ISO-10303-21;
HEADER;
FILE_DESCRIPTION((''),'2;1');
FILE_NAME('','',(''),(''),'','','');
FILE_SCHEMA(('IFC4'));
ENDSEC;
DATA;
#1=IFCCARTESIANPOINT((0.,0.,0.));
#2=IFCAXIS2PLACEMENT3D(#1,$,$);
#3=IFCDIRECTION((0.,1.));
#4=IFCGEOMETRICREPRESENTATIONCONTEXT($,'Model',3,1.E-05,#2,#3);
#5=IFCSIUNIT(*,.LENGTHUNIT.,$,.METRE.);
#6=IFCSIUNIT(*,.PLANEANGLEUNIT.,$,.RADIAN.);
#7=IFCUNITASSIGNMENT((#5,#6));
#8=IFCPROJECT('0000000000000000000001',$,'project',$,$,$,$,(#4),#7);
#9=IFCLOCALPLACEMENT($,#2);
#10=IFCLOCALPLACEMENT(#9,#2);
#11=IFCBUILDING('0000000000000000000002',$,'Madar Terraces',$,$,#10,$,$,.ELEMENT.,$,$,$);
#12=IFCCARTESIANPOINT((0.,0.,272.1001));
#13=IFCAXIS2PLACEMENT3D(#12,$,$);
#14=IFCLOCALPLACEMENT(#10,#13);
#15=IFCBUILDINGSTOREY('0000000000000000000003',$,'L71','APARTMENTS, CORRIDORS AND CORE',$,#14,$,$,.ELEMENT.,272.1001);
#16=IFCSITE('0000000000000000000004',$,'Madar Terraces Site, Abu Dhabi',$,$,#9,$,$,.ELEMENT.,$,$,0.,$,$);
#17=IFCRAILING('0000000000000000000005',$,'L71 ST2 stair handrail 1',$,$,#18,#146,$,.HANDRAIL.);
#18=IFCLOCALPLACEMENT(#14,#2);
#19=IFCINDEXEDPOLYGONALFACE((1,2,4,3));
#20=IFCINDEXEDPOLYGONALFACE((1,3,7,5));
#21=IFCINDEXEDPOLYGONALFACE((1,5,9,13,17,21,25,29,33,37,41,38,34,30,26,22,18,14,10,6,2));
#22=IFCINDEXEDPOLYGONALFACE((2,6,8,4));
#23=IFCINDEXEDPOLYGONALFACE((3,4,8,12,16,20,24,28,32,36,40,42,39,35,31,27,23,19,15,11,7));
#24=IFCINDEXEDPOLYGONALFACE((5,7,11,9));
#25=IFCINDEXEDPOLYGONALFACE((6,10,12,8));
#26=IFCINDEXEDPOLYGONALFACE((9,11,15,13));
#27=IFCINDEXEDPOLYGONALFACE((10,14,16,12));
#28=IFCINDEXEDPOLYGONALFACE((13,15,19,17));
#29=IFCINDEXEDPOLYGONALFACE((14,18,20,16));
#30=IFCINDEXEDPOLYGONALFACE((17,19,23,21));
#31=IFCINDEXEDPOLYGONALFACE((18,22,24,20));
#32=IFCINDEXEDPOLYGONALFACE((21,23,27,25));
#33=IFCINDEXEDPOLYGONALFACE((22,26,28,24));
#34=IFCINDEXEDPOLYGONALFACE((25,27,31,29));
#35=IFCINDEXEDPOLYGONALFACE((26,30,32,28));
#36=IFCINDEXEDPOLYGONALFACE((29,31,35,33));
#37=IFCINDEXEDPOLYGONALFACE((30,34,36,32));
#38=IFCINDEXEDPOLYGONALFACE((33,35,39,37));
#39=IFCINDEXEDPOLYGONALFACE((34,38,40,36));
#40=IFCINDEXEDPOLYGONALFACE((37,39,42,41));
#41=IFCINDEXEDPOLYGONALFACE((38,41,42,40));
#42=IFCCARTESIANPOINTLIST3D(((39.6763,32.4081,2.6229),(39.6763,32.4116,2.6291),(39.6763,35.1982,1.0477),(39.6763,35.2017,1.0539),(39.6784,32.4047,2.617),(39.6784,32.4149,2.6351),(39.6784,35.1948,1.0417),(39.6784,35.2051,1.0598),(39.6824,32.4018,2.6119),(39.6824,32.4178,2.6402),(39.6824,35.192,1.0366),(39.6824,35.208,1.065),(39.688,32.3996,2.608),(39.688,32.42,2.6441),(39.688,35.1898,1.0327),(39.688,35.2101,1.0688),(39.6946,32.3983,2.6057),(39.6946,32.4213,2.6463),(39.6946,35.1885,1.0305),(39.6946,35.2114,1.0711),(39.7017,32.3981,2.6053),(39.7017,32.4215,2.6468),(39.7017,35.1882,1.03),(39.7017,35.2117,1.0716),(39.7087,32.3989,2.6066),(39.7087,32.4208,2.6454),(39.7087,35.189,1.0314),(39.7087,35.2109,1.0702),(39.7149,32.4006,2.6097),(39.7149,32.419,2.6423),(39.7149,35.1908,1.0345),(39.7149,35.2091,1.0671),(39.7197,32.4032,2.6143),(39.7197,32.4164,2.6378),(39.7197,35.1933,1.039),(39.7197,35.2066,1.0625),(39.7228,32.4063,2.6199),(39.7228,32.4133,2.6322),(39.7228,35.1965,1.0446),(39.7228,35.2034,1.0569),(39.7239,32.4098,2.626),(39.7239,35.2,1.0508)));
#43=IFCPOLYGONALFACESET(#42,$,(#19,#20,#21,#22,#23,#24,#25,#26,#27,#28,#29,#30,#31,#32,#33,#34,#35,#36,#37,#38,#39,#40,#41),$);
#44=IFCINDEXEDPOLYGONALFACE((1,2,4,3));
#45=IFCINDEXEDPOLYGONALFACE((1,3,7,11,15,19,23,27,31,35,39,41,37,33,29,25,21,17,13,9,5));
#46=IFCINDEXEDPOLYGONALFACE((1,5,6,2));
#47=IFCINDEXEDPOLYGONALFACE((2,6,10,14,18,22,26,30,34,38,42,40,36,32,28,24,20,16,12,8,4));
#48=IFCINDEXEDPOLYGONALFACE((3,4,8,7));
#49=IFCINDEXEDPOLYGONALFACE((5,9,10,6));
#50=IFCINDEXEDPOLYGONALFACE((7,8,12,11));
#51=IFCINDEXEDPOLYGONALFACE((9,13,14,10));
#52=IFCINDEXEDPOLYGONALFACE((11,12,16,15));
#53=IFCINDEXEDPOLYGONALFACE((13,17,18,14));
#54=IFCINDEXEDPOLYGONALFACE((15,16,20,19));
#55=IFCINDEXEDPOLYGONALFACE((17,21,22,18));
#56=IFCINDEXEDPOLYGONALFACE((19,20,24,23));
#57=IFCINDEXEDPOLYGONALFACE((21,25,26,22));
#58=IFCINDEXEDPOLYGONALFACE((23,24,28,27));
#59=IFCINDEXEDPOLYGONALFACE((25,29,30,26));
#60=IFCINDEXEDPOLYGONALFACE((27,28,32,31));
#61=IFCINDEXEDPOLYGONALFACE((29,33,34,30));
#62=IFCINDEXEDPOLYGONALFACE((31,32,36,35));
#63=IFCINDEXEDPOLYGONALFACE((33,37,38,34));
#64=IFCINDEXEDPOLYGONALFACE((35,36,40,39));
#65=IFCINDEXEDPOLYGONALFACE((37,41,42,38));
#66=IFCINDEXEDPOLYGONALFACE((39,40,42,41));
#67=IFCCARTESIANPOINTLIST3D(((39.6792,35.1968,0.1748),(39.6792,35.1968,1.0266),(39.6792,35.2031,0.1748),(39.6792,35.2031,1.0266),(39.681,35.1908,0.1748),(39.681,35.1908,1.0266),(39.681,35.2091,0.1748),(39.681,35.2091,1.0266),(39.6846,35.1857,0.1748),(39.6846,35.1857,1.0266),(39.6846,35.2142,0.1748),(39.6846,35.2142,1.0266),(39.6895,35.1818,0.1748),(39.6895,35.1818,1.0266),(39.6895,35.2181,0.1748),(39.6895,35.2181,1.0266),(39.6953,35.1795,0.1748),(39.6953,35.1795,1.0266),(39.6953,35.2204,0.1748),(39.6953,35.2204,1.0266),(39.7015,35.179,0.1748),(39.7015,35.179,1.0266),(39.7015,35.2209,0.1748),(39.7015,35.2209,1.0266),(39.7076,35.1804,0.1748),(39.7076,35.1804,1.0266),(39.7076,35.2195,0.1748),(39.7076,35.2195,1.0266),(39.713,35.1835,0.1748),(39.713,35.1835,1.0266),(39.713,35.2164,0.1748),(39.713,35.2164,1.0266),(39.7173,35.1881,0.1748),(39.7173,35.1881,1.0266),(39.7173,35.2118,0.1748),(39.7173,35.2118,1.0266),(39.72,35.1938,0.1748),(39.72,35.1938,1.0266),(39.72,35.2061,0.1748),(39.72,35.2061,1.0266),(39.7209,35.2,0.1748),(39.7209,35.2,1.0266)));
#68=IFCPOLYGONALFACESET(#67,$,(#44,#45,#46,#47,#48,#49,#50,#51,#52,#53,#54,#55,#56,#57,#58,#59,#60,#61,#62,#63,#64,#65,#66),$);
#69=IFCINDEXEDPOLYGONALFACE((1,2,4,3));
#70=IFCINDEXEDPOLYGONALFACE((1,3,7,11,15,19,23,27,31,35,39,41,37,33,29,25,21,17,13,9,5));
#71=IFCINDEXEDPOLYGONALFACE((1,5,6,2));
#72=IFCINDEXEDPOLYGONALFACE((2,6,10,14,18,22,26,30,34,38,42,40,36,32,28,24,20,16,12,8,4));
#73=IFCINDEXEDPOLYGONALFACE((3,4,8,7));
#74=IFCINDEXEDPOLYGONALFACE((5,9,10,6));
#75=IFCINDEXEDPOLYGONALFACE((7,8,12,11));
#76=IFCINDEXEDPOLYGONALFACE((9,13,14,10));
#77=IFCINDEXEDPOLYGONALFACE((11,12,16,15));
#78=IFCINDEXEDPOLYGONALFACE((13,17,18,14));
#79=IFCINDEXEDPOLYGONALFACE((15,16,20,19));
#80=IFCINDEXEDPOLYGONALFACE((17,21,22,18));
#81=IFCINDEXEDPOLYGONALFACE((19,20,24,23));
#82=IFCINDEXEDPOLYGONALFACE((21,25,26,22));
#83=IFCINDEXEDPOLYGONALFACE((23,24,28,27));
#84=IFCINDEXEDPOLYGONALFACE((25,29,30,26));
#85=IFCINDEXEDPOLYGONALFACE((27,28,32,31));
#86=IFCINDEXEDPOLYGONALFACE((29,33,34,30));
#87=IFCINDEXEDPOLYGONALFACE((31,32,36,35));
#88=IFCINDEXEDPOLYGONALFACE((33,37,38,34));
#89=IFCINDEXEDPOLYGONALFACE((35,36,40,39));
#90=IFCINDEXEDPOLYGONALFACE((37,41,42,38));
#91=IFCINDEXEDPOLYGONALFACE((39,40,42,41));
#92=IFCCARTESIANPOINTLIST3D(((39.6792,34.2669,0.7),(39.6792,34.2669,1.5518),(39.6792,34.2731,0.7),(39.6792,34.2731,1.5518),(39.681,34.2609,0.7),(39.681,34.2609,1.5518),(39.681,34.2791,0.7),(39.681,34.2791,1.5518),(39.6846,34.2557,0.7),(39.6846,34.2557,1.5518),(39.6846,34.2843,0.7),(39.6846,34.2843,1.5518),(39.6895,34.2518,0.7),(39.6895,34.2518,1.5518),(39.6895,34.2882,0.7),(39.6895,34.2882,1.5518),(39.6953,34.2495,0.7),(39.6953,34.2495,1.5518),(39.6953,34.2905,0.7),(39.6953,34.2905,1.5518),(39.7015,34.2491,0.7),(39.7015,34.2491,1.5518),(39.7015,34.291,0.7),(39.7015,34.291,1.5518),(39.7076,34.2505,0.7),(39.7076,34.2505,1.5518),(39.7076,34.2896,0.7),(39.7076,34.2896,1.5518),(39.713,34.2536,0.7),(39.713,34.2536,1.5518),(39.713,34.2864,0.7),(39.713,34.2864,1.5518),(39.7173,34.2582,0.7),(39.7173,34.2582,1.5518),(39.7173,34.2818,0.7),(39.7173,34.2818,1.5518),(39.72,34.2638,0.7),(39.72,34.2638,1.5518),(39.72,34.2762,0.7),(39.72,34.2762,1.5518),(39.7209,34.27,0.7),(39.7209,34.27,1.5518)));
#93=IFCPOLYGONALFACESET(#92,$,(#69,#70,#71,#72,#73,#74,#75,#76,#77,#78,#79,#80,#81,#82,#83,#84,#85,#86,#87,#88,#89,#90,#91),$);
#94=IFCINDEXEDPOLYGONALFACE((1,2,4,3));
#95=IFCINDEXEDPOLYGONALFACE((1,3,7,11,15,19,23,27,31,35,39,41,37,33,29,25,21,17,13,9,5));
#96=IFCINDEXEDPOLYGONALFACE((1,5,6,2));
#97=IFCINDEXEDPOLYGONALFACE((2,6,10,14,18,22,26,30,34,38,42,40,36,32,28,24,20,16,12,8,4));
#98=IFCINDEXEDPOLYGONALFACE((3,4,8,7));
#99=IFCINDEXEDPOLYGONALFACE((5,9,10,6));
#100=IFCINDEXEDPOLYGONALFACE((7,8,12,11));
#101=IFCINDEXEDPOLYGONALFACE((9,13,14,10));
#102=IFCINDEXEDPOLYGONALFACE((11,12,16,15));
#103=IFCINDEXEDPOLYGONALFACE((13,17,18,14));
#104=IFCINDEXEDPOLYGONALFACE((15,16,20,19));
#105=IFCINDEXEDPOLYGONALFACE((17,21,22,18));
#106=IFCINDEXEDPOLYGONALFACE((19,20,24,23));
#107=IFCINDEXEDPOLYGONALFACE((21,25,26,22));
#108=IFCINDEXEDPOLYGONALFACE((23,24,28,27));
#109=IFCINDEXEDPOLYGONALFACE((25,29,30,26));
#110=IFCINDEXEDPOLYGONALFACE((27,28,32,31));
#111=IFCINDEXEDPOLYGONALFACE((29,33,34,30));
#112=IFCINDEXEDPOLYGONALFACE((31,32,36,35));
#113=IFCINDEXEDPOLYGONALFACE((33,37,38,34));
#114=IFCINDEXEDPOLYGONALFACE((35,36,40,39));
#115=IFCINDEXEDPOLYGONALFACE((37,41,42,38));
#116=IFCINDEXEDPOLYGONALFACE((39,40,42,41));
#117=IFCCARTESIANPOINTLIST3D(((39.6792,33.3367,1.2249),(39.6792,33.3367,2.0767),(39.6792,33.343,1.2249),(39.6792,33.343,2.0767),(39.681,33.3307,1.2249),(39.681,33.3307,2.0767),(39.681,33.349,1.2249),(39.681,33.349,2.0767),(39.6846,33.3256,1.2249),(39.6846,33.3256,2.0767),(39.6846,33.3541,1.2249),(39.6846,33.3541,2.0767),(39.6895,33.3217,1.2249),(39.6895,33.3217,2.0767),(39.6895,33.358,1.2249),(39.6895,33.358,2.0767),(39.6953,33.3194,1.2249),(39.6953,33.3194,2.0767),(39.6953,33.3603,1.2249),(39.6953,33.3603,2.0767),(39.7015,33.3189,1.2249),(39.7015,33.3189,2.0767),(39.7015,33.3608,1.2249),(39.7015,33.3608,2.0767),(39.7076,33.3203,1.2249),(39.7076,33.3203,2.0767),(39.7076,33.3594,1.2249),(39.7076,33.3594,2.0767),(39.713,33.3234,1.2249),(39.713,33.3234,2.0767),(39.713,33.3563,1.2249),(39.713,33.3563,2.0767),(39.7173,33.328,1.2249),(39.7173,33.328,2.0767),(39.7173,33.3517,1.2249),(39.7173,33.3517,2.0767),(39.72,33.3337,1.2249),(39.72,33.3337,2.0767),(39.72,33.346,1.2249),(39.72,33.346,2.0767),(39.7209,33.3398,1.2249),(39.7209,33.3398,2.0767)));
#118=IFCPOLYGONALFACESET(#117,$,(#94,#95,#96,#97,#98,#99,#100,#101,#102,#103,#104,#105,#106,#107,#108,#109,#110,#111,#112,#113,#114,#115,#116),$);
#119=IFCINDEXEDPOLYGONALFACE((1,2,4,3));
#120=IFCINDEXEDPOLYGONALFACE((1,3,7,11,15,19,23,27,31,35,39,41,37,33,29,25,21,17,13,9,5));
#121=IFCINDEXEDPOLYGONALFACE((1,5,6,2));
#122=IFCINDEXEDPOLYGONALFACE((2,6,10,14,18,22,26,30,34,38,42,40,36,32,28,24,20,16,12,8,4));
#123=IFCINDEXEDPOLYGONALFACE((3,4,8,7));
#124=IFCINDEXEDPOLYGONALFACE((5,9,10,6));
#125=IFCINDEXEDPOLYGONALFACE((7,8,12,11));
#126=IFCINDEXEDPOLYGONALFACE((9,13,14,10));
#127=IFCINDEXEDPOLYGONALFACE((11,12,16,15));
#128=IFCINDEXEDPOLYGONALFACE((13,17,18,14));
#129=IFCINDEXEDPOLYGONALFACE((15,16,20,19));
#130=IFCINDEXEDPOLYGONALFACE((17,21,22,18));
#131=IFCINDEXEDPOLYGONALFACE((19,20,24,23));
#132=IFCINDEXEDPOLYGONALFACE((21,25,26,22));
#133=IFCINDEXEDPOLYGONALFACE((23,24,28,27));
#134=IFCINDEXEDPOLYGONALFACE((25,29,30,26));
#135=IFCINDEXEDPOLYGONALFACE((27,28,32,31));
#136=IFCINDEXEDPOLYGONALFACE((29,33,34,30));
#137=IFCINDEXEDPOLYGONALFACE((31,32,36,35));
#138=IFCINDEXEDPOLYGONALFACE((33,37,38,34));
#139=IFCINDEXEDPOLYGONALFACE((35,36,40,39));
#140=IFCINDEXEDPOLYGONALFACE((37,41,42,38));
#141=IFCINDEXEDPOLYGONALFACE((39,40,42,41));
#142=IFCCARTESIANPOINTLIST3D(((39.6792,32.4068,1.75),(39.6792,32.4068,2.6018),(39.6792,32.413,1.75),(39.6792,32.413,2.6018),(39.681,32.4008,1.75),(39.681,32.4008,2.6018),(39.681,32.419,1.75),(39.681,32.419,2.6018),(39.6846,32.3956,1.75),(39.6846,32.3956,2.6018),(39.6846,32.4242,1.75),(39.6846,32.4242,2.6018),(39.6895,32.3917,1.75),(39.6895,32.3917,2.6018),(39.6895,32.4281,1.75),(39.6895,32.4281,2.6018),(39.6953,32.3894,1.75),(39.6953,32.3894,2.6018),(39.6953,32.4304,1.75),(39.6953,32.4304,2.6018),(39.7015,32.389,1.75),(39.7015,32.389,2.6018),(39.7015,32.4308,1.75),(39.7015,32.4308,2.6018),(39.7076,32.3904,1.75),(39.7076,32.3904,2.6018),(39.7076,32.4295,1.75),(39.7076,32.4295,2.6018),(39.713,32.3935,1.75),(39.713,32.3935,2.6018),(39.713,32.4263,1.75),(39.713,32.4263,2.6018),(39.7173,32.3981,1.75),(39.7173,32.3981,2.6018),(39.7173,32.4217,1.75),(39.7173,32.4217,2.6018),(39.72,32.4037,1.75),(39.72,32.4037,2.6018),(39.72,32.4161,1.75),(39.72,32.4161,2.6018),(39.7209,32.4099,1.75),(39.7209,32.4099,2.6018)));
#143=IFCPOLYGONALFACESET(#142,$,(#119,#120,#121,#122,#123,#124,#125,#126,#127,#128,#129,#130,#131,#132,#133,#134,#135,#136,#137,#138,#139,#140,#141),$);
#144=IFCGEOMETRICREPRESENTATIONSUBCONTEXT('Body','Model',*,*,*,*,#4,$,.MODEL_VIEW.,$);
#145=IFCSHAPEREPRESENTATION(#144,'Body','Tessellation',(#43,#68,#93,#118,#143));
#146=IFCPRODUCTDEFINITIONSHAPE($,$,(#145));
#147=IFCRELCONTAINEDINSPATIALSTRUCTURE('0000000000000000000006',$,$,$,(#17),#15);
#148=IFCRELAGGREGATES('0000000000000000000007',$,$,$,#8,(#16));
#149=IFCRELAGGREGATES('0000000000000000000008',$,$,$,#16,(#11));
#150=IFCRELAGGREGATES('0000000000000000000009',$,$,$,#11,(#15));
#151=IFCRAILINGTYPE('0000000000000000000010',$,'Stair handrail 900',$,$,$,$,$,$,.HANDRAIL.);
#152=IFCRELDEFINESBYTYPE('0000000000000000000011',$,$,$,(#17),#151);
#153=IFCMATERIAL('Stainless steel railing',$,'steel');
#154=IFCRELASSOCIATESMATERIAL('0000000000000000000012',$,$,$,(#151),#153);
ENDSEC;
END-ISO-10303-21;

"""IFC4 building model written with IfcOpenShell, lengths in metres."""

from ifc_helpers import new_model, si_unit, direction, frame, origin, origin_2d, place, context, subcontext, project, spatial, circle, extrude, material, type_object, element, save


model = new_model("IFC4")

# Units and contexts
model_context = context("Model", 3, precision=1e-05, world=origin(), true_north=direction((0.0, 1.0)))
body_context = subcontext(model_context, "Body", "Model", "MODEL_VIEW")
ifc_project = project(units=[si_unit("LENGTHUNIT", "METRE"), si_unit("PLANEANGLEUNIT", "RADIAN")], contexts=[model_context])

# Site, building, storey
site_placement = place(None, origin())
site = spatial("IfcSite", under=ifc_project, at=site_placement, Name="Madar Terraces Site, Abu Dhabi", CompositionType="ELEMENT", RefElevation=0.0)
building_placement = place(site_placement, origin())
building = spatial("IfcBuilding", under=site, at=building_placement, Name="Madar Terraces", CompositionType="ELEMENT")
storey_placement = place(building_placement, frame((0.0, 0.0, 272.1001)))
storey = spatial("IfcBuildingStorey", under=building, at=storey_placement, Name="L71", Description="APARTMENTS, CORRIDORS AND CORE", CompositionType="ELEMENT", Elevation=272.1001)

# Railing
ifc_material_1 = material(Name="Stainless steel railing", Category="steel")
railing_type_1 = type_object("IfcRailingType", Name="Stair handrail 900", PredefinedType="HANDRAIL", material=ifc_material_1)
railing_1_placement = place(storey_placement, frame((39.7, 35.2, 0.1748)))
element("IfcRailing", 1, at=railing_1_placement, inside=storey, type_object=railing_type_1, Name="L71 ST2 stair handrail 1", PredefinedType="HANDRAIL", context=body_context, shape_type="SweptSolid", body=[
    extrude(circle(Radius=0.0239, at=origin_2d()), frame((0.0, 0.0, 0.876), z_axis=(0.0, -0.870801, 0.491635), x_axis=(1.0, 0.0, 0.0)), (0.0, 0.0, 1.0), 3.2041),
    extrude(circle(Radius=0.021, at=origin_2d()), origin(), (0.0, 0.0, 1.0), 0.8518),
    extrude(circle(Radius=0.021, at=origin_2d()), frame((0.0, -0.9299, 0.5251)), (0.0, 0.0, 1.0), 0.8518),
    extrude(circle(Radius=0.021, at=origin_2d()), frame((0.0, -1.8601, 1.05)), (0.0, 0.0, 1.0), 0.8518),
    extrude(circle(Radius=0.021, at=origin_2d()), frame((0.0, -2.79, 1.5752)), (0.0, 0.0, 1.0), 0.8518),
])

save(model, "model.ifc")
